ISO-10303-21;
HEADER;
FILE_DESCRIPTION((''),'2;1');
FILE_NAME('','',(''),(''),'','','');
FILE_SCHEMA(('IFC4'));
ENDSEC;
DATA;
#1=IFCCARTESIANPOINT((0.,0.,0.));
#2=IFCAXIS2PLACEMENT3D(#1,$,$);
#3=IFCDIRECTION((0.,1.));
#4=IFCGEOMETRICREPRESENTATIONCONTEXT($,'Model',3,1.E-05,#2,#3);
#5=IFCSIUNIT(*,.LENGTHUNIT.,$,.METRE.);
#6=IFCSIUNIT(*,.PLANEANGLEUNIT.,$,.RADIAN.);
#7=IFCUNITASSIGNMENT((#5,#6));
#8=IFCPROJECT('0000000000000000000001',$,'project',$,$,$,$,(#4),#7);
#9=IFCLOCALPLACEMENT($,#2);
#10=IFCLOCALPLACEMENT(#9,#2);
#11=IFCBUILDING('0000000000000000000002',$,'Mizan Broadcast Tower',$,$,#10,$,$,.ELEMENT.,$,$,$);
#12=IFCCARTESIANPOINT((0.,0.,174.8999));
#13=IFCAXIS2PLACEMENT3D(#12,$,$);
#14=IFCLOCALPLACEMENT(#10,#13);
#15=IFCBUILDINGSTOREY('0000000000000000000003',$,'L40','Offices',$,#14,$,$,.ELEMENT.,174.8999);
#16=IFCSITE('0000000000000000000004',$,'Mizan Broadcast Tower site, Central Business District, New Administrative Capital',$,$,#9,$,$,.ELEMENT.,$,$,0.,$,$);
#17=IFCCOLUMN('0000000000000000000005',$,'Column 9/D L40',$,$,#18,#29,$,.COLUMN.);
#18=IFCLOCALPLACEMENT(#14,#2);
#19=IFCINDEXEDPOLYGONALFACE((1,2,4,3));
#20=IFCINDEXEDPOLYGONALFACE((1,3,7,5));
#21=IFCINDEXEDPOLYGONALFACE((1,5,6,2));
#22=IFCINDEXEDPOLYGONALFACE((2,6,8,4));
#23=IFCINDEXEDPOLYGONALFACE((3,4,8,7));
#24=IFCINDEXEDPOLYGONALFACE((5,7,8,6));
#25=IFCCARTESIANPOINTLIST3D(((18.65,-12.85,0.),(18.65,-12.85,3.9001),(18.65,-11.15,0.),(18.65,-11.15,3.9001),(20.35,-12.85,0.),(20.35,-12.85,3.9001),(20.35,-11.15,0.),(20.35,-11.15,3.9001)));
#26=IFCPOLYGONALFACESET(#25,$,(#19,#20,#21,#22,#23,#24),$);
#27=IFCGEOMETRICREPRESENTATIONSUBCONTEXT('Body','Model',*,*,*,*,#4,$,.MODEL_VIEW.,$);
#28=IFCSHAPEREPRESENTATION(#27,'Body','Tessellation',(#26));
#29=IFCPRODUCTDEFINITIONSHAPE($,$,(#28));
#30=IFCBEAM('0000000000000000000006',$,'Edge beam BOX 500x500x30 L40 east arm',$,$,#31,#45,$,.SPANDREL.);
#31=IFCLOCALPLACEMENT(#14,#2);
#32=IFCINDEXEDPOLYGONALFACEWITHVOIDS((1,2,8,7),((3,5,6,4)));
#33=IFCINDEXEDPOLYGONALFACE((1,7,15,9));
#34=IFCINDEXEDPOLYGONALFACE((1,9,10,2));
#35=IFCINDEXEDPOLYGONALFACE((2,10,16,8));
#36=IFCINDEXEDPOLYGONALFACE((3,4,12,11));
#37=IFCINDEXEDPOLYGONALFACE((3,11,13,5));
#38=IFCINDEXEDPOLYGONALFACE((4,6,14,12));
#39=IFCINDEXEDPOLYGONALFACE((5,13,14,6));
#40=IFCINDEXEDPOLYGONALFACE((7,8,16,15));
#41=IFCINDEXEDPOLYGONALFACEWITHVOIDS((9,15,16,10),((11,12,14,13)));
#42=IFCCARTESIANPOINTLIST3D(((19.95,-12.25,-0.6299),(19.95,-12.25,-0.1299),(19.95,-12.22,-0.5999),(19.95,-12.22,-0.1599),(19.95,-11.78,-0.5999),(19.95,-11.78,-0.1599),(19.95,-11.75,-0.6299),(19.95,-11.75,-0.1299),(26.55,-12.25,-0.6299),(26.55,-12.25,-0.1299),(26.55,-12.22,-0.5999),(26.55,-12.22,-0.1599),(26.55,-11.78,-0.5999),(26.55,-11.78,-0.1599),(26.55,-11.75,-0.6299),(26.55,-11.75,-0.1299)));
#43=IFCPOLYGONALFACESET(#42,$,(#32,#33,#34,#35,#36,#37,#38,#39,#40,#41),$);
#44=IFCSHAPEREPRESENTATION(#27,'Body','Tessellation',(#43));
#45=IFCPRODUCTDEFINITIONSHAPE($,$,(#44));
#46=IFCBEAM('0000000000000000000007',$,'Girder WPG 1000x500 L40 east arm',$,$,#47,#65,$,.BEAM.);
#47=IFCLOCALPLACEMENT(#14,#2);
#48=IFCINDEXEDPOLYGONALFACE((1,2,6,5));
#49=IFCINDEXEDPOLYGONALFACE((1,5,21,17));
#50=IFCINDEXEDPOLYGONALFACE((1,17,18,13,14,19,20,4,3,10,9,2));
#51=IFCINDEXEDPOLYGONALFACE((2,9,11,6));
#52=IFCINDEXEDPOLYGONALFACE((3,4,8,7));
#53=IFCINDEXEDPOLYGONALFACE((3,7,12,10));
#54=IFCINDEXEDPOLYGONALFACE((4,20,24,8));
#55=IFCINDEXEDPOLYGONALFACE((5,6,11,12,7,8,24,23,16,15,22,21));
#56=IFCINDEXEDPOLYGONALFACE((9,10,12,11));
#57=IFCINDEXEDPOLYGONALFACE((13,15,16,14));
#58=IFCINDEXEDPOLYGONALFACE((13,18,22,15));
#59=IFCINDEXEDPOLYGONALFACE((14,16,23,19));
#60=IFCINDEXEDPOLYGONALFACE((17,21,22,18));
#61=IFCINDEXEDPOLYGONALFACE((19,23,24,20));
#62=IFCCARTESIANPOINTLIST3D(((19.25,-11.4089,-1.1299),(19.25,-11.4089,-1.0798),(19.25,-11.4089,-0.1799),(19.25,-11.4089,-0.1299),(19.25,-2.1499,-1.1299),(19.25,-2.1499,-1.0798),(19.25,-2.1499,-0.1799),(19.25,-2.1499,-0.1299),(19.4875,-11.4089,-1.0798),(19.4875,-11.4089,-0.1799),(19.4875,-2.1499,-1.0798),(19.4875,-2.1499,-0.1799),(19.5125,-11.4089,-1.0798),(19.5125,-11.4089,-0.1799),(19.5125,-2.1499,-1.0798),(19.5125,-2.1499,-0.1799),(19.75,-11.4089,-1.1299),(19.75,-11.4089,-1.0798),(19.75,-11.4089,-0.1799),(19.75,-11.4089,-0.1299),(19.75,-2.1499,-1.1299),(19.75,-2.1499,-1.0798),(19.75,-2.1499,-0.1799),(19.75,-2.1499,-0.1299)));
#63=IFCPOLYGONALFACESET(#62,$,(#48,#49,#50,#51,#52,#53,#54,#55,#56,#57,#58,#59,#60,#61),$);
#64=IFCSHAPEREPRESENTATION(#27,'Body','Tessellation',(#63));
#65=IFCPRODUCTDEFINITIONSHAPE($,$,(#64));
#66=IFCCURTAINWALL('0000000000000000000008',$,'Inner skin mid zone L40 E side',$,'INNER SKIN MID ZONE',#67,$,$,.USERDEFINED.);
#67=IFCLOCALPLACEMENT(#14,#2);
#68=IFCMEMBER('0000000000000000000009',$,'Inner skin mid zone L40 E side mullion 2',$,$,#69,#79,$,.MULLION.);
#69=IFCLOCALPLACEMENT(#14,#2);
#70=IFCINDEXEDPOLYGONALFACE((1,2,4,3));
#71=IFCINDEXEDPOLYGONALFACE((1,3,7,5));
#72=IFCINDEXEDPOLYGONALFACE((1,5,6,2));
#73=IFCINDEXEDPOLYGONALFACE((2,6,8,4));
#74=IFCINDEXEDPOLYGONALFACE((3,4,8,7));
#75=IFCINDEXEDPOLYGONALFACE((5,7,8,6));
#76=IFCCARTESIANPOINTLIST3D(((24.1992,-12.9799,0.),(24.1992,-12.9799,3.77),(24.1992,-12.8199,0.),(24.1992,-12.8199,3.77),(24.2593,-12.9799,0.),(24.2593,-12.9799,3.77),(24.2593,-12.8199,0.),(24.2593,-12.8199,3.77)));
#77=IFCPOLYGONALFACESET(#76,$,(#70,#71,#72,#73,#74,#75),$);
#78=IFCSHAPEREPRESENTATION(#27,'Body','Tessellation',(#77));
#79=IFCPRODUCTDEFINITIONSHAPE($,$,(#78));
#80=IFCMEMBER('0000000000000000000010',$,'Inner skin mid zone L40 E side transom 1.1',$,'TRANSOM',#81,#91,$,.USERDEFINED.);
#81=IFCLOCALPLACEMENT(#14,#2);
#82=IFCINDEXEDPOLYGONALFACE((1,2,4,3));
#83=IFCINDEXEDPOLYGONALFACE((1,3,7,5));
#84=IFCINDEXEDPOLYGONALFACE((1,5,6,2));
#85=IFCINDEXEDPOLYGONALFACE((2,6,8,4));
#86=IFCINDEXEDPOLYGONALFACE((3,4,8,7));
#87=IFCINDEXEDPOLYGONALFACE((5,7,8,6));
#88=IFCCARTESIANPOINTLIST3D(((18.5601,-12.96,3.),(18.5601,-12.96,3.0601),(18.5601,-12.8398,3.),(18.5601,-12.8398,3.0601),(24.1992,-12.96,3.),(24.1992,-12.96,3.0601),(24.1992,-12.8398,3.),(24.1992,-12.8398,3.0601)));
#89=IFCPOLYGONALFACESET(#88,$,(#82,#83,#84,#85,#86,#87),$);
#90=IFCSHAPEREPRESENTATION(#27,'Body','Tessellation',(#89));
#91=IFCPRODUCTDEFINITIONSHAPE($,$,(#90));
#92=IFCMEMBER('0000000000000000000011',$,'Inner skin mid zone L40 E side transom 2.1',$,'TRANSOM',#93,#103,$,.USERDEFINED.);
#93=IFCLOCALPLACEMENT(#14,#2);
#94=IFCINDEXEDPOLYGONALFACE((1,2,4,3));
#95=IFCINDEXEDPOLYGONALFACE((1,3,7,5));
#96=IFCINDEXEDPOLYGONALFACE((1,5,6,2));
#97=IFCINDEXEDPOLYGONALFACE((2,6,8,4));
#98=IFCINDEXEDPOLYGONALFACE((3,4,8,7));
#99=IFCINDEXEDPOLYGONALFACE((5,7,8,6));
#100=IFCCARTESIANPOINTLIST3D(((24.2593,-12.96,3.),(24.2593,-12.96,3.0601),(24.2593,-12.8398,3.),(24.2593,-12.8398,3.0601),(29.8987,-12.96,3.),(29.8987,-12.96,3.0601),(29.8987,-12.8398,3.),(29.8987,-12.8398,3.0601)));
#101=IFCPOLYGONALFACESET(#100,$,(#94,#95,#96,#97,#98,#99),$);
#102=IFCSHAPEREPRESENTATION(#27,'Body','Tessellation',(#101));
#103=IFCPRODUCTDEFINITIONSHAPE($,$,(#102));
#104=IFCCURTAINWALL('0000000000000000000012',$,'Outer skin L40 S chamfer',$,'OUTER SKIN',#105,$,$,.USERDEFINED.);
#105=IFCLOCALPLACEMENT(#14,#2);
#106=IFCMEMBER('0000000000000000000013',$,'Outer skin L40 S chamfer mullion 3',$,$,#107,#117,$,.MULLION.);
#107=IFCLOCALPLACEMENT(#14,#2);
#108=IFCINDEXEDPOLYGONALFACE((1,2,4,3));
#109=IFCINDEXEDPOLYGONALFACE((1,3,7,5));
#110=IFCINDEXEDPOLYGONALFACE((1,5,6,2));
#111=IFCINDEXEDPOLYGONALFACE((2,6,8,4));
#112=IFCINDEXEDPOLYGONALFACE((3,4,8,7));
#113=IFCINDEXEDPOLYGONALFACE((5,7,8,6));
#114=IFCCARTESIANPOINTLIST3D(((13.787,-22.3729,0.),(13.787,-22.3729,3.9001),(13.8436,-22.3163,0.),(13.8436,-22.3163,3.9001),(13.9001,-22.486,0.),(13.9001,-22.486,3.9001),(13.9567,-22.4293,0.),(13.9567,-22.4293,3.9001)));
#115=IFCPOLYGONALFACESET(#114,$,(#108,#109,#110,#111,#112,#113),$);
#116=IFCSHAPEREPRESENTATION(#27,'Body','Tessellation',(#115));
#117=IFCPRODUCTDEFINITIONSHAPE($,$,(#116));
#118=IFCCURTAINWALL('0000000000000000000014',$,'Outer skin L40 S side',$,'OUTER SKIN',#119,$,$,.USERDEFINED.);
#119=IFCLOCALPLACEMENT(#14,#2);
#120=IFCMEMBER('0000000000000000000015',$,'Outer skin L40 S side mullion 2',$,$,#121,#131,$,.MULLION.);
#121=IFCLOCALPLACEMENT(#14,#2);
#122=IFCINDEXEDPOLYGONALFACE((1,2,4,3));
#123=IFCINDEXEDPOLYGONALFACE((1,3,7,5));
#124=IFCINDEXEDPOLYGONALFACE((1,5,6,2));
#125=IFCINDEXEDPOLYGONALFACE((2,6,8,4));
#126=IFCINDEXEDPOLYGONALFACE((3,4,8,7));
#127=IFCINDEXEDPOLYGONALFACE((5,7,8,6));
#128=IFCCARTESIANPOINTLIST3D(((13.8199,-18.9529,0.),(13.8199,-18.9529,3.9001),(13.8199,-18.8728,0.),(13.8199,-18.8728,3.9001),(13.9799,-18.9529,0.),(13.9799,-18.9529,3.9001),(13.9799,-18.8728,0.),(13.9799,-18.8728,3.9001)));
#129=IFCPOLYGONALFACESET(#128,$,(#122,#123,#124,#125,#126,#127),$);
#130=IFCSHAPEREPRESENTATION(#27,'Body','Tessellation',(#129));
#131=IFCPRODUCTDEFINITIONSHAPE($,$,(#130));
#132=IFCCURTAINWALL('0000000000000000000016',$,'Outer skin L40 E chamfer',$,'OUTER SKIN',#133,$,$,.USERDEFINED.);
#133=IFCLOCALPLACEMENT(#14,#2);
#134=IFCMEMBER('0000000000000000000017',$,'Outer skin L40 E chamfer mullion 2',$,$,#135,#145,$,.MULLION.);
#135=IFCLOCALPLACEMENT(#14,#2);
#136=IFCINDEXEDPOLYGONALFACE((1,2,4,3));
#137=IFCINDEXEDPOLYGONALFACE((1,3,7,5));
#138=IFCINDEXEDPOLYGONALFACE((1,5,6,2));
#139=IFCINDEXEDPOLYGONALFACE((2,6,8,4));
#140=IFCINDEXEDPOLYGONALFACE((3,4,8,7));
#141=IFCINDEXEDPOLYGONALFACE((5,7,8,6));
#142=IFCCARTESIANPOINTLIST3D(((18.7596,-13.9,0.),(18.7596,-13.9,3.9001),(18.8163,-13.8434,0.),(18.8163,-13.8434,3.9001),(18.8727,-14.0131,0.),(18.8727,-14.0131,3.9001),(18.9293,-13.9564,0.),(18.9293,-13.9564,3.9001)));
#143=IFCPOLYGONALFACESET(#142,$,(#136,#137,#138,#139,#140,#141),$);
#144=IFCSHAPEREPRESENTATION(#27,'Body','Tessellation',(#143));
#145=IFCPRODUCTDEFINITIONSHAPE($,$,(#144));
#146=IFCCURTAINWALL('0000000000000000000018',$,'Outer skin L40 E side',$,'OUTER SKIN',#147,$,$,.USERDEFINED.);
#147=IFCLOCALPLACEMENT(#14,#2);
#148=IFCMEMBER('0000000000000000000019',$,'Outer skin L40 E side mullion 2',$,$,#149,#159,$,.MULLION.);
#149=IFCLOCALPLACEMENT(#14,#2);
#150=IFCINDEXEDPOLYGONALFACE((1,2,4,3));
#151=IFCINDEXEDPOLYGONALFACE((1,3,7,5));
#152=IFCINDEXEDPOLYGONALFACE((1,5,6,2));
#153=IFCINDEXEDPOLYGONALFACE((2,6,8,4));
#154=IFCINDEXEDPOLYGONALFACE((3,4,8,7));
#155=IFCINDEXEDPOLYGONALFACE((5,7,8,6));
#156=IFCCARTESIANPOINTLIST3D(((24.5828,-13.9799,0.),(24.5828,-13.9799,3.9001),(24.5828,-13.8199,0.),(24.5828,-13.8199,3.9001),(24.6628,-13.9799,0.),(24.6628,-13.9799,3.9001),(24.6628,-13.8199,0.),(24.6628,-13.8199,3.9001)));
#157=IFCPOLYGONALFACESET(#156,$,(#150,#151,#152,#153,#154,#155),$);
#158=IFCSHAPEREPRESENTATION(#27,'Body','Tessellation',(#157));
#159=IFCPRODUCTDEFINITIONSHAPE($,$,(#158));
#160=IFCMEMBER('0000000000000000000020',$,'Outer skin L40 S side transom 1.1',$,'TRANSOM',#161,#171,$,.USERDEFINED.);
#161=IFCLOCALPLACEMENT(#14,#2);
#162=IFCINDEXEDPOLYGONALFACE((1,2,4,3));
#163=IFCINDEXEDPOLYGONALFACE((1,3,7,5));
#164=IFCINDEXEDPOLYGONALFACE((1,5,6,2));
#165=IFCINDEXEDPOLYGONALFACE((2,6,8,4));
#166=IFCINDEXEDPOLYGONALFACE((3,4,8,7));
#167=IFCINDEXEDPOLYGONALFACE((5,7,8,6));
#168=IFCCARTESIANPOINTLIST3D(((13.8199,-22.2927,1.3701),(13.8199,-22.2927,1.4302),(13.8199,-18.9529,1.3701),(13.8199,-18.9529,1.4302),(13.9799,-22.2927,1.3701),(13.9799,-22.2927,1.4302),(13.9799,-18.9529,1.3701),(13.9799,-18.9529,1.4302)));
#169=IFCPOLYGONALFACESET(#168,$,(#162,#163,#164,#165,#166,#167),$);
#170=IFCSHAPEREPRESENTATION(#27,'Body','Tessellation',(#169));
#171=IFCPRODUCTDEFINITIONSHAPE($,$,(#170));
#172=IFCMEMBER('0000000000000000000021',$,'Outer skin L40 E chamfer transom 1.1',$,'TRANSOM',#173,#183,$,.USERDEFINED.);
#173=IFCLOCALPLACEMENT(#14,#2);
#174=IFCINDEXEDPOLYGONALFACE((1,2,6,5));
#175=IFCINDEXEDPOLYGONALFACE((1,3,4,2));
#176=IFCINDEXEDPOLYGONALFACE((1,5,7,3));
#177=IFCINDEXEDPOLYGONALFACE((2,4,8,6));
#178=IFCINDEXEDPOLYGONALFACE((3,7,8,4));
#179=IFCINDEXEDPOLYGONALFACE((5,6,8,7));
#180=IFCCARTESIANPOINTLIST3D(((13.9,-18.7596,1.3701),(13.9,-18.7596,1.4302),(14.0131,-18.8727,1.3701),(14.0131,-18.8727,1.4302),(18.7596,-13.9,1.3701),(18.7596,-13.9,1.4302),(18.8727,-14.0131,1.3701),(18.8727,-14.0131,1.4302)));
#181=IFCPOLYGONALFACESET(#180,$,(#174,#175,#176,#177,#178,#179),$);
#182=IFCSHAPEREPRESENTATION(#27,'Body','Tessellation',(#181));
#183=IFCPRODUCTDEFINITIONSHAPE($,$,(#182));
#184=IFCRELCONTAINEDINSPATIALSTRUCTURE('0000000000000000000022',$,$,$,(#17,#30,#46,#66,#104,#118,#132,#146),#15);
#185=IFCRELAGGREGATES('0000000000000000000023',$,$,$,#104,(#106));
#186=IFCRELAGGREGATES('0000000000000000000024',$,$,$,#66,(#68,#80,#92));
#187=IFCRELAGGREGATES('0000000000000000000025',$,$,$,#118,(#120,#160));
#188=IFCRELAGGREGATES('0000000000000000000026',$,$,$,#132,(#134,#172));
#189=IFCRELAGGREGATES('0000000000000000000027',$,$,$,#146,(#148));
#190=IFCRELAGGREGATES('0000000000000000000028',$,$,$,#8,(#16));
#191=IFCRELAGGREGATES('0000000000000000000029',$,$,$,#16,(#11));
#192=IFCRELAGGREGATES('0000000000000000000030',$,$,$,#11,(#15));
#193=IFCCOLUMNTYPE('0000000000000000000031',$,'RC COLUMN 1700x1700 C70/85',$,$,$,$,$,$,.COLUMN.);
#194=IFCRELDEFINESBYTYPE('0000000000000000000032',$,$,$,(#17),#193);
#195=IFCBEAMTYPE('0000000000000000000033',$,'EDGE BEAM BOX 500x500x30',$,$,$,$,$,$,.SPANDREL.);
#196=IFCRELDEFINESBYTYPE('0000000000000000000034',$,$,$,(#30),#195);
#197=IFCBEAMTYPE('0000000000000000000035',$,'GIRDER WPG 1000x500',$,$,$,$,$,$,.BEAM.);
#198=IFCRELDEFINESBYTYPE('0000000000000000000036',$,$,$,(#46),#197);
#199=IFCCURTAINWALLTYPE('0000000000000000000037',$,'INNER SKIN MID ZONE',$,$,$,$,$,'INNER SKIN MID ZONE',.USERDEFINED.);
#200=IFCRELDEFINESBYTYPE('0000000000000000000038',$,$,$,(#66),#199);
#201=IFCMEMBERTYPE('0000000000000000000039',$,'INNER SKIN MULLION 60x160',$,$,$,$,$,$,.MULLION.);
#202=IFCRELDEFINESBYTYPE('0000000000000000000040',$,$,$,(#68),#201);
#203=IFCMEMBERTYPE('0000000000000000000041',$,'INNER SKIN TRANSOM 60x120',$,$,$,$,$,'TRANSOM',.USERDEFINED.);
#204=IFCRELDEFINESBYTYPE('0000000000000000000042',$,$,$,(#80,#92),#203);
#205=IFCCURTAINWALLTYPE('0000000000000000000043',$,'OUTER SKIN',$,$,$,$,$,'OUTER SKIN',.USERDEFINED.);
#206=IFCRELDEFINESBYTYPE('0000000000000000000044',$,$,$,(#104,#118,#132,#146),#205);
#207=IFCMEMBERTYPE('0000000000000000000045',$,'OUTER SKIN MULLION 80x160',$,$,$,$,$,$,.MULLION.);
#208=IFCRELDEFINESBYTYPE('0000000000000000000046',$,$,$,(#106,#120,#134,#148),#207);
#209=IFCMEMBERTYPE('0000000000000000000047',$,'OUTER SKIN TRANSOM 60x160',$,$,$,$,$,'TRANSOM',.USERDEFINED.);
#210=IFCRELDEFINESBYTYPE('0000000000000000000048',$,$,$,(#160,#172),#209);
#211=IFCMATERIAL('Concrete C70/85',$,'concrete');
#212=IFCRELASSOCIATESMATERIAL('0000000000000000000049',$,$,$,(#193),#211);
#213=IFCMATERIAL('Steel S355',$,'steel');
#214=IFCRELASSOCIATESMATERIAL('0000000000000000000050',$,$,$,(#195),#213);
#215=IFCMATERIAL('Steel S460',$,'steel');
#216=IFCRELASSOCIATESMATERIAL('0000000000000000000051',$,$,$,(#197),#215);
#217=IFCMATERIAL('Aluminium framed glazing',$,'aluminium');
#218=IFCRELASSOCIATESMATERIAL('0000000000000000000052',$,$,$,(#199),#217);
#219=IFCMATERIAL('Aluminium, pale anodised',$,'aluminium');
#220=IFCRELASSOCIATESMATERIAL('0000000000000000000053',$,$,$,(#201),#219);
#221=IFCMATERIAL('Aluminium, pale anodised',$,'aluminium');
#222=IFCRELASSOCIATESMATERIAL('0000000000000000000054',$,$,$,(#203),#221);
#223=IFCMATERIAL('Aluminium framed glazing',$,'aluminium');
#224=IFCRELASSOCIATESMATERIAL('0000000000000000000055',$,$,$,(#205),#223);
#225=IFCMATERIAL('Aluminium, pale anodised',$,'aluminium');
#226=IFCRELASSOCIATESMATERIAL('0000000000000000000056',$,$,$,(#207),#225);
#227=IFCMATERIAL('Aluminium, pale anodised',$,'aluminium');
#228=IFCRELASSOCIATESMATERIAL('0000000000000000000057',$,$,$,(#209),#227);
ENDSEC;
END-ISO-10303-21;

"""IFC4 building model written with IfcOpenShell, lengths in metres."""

from ifc_helpers import new_model, si_unit, direction, frame, origin, origin_2d, place, context, subcontext, project, spatial, rectangle, hollow_rectangle, i_section, extrude, material, material_profile, profile_set, type_object, element, aggregate, save


model = new_model("IFC4")

# Units and contexts
model_context = context("Model", 3, precision=1e-05, world=origin(), true_north=direction((0.0, 1.0)))
body_context = subcontext(model_context, "Body", "Model", "MODEL_VIEW")
ifc_project = project(units=[si_unit("LENGTHUNIT", "METRE"), si_unit("PLANEANGLEUNIT", "RADIAN")], contexts=[model_context])

# Site, building, storey
site_placement = place(None, origin())
site = spatial("IfcSite", under=ifc_project, at=site_placement, Name="Mizan Broadcast Tower site, Central Business District, New Administrative Capital", CompositionType="ELEMENT", RefElevation=0.0)
building_placement = place(site_placement, origin())
building = spatial("IfcBuilding", under=site, at=building_placement, Name="Mizan Broadcast Tower", CompositionType="ELEMENT")
storey_placement = place(building_placement, frame((0.0, 0.0, 174.8999)))
storey = spatial("IfcBuildingStorey", under=building, at=storey_placement, Name="L40", Description="Offices", CompositionType="ELEMENT", Elevation=174.8999)

# Column
ifc_material_1 = material(Name="Concrete C70/85", Category="concrete")
ifc_material_profile_1 = material_profile(ifc_material_1, rectangle(XDim=1.7, YDim=1.7, at=origin_2d()), Name="RC 1700x1700")
ifc_profile_set_1 = profile_set([ifc_material_profile_1], Name="Concrete C70/85")
column_type = type_object("IfcColumnType", Name="RC COLUMN 1700x1700 C70/85", PredefinedType="COLUMN", material=ifc_profile_set_1)
column_placement = place(storey_placement, frame((19.5, -12.0, 0.0), z_axis=(0.0, 0.0, 1.0), x_axis=(1.0, 0.0, 0.0)))
element("IfcColumn", 1, at=column_placement, inside=storey, type_object=column_type, Name="Column 9/D L40", PredefinedType="COLUMN", context=body_context, shape_type="SweptSolid", body=[
    extrude(rectangle(XDim=1.7, YDim=1.7, at=origin_2d()), origin(), (0.0, 0.0, 1.0), 3.9001),
])

# Beams
ifc_material_2 = material(Name="Steel S355", Category="steel")
ifc_material_profile_2 = material_profile(ifc_material_2, hollow_rectangle(XDim=0.5, YDim=0.5, WallThickness=0.03, at=origin_2d()), Name="BOX 500x500x30")
ifc_profile_set_2 = profile_set([ifc_material_profile_2], Name="Steel S355")
beam_type_1 = type_object("IfcBeamType", Name="EDGE BEAM BOX 500x500x30", PredefinedType="SPANDREL", material=ifc_profile_set_2)
beam_1_placement = place(storey_placement, frame((19.95, -12.0, -0.3799), z_axis=(1.0, 0.0, 0.0), x_axis=(0.0, 1.0, 0.0)))
element("IfcBeam", 2, at=beam_1_placement, inside=storey, type_object=beam_type_1, Name="Edge beam BOX 500x500x30 L40 east arm", PredefinedType="SPANDREL", context=body_context, shape_type="SweptSolid", body=[
    extrude(hollow_rectangle(XDim=0.5, YDim=0.5, WallThickness=0.03, at=origin_2d()), origin(), (0.0, 0.0, 1.0), 6.6001),
])
ifc_material_3 = material(Name="Steel S460", Category="steel")
ifc_material_profile_3 = material_profile(ifc_material_3, i_section(OverallWidth=0.5, OverallDepth=1.0, WebThickness=0.0249, FlangeThickness=0.05, at=origin_2d()), Name="WPG 1000x500")
ifc_profile_set_3 = profile_set([ifc_material_profile_3], Name="Steel S460")
beam_type_2 = type_object("IfcBeamType", Name="GIRDER WPG 1000x500", PredefinedType="BEAM", material=ifc_profile_set_3)
beam_2_placement = place(storey_placement, frame((19.5, -11.4089, -0.6299), z_axis=(0.0, 1.0, 0.0), x_axis=(-1.0, 0.0, 0.0)))
element("IfcBeam", 3, at=beam_2_placement, inside=storey, type_object=beam_type_2, Name="Girder WPG 1000x500 L40 east arm", PredefinedType="BEAM", context=body_context, shape_type="SweptSolid", body=[
    extrude(i_section(OverallWidth=0.5, OverallDepth=1.0, WebThickness=0.0249, FlangeThickness=0.05, at=origin_2d()), origin(), (0.0, 0.0, 1.0), 9.259),
])

# Curtain wall, members
ifc_material_4 = material(Name="Aluminium framed glazing", Category="aluminium")
curtain_wall_type_1 = type_object("IfcCurtainWallType", Name="INNER SKIN MID ZONE", ElementType="INNER SKIN MID ZONE", PredefinedType="USERDEFINED", material=ifc_material_4)
curtain_wall_1_placement = place(storey_placement, origin())
curtain_wall_1 = element("IfcCurtainWall", 4, at=curtain_wall_1_placement, inside=storey, type_object=curtain_wall_type_1, Name="Inner skin mid zone L40 E side", ObjectType="INNER SKIN MID ZONE", PredefinedType="USERDEFINED")
ifc_material_5 = material(Name="Aluminium, pale anodised", Category="aluminium")
ifc_material_profile_4 = material_profile(ifc_material_5, rectangle(XDim=0.1599, YDim=0.0601, at=origin_2d()), Name="MULLION 160x60")
ifc_profile_set_4 = profile_set([ifc_material_profile_4], Name="Aluminium, pale anodised")
member_type_1 = type_object("IfcMemberType", Name="INNER SKIN MULLION 60x160", PredefinedType="MULLION", material=ifc_profile_set_4)
member_1_placement = place(storey_placement, frame((24.2292, -12.8999, 0.0), z_axis=(0.0, 0.0, 1.0), x_axis=(0.0, 1.0, 0.0)))
member_1 = element("IfcMember", 5, at=member_1_placement, type_object=member_type_1, Name="Inner skin mid zone L40 E side mullion 2", PredefinedType="MULLION", context=body_context, shape_type="SweptSolid", body=[
    extrude(rectangle(XDim=0.1599, YDim=0.0601, at=origin_2d()), origin(), (0.0, 0.0, 1.0), 3.77),
])
ifc_material_6 = material(Name="Aluminium, pale anodised", Category="aluminium")
ifc_material_profile_5 = material_profile(ifc_material_6, rectangle(XDim=0.1201, YDim=0.0601, at=origin_2d()), Name="TRANSOM 120x60")
ifc_profile_set_5 = profile_set([ifc_material_profile_5], Name="Aluminium, pale anodised")
member_type_2 = type_object("IfcMemberType", Name="INNER SKIN TRANSOM 60x120", ElementType="TRANSOM", PredefinedType="USERDEFINED", material=ifc_profile_set_5)
member_2_placement = place(storey_placement, frame((18.5601, -12.8999, 3.03), z_axis=(1.0, 0.0, 0.0), x_axis=(0.0, 1.0, 0.0)))
member_2 = element("IfcMember", 6, at=member_2_placement, type_object=member_type_2, Name="Inner skin mid zone L40 E side transom 1.1", ObjectType="TRANSOM", PredefinedType="USERDEFINED", context=body_context, shape_type="SweptSolid", body=[
    extrude(rectangle(XDim=0.1201, YDim=0.0601, at=origin_2d()), origin(), (0.0, 0.0, 1.0), 5.6392),
])
member_3_placement = place(storey_placement, frame((24.2593, -12.8999, 3.03), z_axis=(1.0, 0.0, 0.0), x_axis=(0.0, 1.0, 0.0)))
member_3 = element("IfcMember", 7, at=member_3_placement, type_object=member_type_2, Name="Inner skin mid zone L40 E side transom 2.1", ObjectType="TRANSOM", PredefinedType="USERDEFINED", context=body_context, shape_type="SweptSolid", body=[
    extrude(rectangle(XDim=0.1201, YDim=0.0601, at=origin_2d()), origin(), (0.0, 0.0, 1.0), 5.6394),
])

# Curtain walls, members
ifc_material_7 = material(Name="Aluminium framed glazing", Category="aluminium")
curtain_wall_type_2 = type_object("IfcCurtainWallType", Name="OUTER SKIN", ElementType="OUTER SKIN", PredefinedType="USERDEFINED", material=ifc_material_7)
curtain_wall_2_placement = place(storey_placement, origin())
curtain_wall_2 = element("IfcCurtainWall", 8, at=curtain_wall_2_placement, inside=storey, type_object=curtain_wall_type_2, Name="Outer skin L40 S chamfer", ObjectType="OUTER SKIN", PredefinedType="USERDEFINED")
ifc_material_8 = material(Name="Aluminium, pale anodised", Category="aluminium")
ifc_material_profile_6 = material_profile(ifc_material_8, rectangle(XDim=0.1599, YDim=0.0801, at=origin_2d()), Name="MULLION 160x80")
ifc_profile_set_6 = profile_set([ifc_material_profile_6], Name="Aluminium, pale anodised")
member_type_3 = type_object("IfcMemberType", Name="OUTER SKIN MULLION 80x160", PredefinedType="MULLION", material=ifc_profile_set_6)
member_4_placement = place(storey_placement, frame((13.8718, -22.4011, 0.0), z_axis=(0.0, 0.0, 1.0), x_axis=(-0.707107, 0.707107, 0.0)))
member_4 = element("IfcMember", 9, at=member_4_placement, type_object=member_type_3, Name="Outer skin L40 S chamfer mullion 3", PredefinedType="MULLION", context=body_context, shape_type="SweptSolid", body=[
    extrude(rectangle(XDim=0.1599, YDim=0.0801, at=origin_2d()), origin(), (0.0, 0.0, 1.0), 3.9001),
])
aggregate(curtain_wall_2, [member_4])
curtain_wall_3_placement = place(storey_placement, origin())
curtain_wall_3 = element("IfcCurtainWall", 10, at=curtain_wall_3_placement, inside=storey, type_object=curtain_wall_type_2, Name="Outer skin L40 S side", ObjectType="OUTER SKIN", PredefinedType="USERDEFINED")
member_5_placement = place(storey_placement, frame((13.8999, -18.9128, 0.0), z_axis=(0.0, 0.0, 1.0), x_axis=(-1.0, 0.0, 0.0)))
member_5 = element("IfcMember", 11, at=member_5_placement, type_object=member_type_3, Name="Outer skin L40 S side mullion 2", PredefinedType="MULLION", context=body_context, shape_type="SweptSolid", body=[
    extrude(rectangle(XDim=0.1599, YDim=0.0801, at=origin_2d()), origin(), (0.0, 0.0, 1.0), 3.9001),
])
curtain_wall_4_placement = place(storey_placement, origin())
curtain_wall_4 = element("IfcCurtainWall", 12, at=curtain_wall_4_placement, inside=storey, type_object=curtain_wall_type_2, Name="Outer skin L40 E chamfer", ObjectType="OUTER SKIN", PredefinedType="USERDEFINED")
member_6_placement = place(storey_placement, frame((18.8445, -13.9282, 0.0), z_axis=(0.0, 0.0, 1.0), x_axis=(-0.707107, 0.707107, 0.0)))
member_6 = element("IfcMember", 13, at=member_6_placement, type_object=member_type_3, Name="Outer skin L40 E chamfer mullion 2", PredefinedType="MULLION", context=body_context, shape_type="SweptSolid", body=[
    extrude(rectangle(XDim=0.1599, YDim=0.0801, at=origin_2d()), origin(), (0.0, 0.0, 1.0), 3.9001),
])
curtain_wall_5_placement = place(storey_placement, origin())
curtain_wall_5 = element("IfcCurtainWall", 14, at=curtain_wall_5_placement, inside=storey, type_object=curtain_wall_type_2, Name="Outer skin L40 E side", ObjectType="OUTER SKIN", PredefinedType="USERDEFINED")
member_7_placement = place(storey_placement, frame((24.6228, -13.8999, 0.0), z_axis=(0.0, 0.0, 1.0), x_axis=(0.0, 1.0, 0.0)))
member_7 = element("IfcMember", 15, at=member_7_placement, type_object=member_type_3, Name="Outer skin L40 E side mullion 2", PredefinedType="MULLION", context=body_context, shape_type="SweptSolid", body=[
    extrude(rectangle(XDim=0.1599, YDim=0.0801, at=origin_2d()), origin(), (0.0, 0.0, 1.0), 3.9001),
])

# Members
ifc_material_9 = material(Name="Aluminium, pale anodised", Category="aluminium")
ifc_material_profile_7 = material_profile(ifc_material_9, rectangle(XDim=0.1599, YDim=0.0601, at=origin_2d()), Name="TRANSOM 160x60")
ifc_profile_set_7 = profile_set([ifc_material_profile_7], Name="Aluminium, pale anodised")
member_type_4 = type_object("IfcMemberType", Name="OUTER SKIN TRANSOM 60x160", ElementType="TRANSOM", PredefinedType="USERDEFINED", material=ifc_profile_set_7)
member_8_placement = place(storey_placement, frame((13.8999, -22.2927, 1.4001), z_axis=(0.0, 1.0, 0.0), x_axis=(-1.0, 0.0, 0.0)))
member_8 = element("IfcMember", 16, at=member_8_placement, type_object=member_type_4, Name="Outer skin L40 S side transom 1.1", ObjectType="TRANSOM", PredefinedType="USERDEFINED", context=body_context, shape_type="SweptSolid", body=[
    extrude(rectangle(XDim=0.1599, YDim=0.0601, at=origin_2d()), origin(), (0.0, 0.0, 1.0), 3.3398),
])
member_9_placement = place(storey_placement, frame((13.9565, -18.8162, 1.4001), z_axis=(0.707107, 0.707107, 0.0), x_axis=(-0.707107, 0.707107, 0.0)))
member_9 = element("IfcMember", 17, at=member_9_placement, type_object=member_type_4, Name="Outer skin L40 E chamfer transom 1.1", ObjectType="TRANSOM", PredefinedType="USERDEFINED", context=body_context, shape_type="SweptSolid", body=[
    extrude(rectangle(XDim=0.1599, YDim=0.0601, at=origin_2d()), origin(), (0.0, 0.0, 1.0), 6.8726),
])

aggregate(curtain_wall_1, [member_1, member_2, member_3])
aggregate(curtain_wall_3, [member_5, member_8])
aggregate(curtain_wall_4, [member_6, member_9])
aggregate(curtain_wall_5, [member_7])

save(model, "model.ifc")
